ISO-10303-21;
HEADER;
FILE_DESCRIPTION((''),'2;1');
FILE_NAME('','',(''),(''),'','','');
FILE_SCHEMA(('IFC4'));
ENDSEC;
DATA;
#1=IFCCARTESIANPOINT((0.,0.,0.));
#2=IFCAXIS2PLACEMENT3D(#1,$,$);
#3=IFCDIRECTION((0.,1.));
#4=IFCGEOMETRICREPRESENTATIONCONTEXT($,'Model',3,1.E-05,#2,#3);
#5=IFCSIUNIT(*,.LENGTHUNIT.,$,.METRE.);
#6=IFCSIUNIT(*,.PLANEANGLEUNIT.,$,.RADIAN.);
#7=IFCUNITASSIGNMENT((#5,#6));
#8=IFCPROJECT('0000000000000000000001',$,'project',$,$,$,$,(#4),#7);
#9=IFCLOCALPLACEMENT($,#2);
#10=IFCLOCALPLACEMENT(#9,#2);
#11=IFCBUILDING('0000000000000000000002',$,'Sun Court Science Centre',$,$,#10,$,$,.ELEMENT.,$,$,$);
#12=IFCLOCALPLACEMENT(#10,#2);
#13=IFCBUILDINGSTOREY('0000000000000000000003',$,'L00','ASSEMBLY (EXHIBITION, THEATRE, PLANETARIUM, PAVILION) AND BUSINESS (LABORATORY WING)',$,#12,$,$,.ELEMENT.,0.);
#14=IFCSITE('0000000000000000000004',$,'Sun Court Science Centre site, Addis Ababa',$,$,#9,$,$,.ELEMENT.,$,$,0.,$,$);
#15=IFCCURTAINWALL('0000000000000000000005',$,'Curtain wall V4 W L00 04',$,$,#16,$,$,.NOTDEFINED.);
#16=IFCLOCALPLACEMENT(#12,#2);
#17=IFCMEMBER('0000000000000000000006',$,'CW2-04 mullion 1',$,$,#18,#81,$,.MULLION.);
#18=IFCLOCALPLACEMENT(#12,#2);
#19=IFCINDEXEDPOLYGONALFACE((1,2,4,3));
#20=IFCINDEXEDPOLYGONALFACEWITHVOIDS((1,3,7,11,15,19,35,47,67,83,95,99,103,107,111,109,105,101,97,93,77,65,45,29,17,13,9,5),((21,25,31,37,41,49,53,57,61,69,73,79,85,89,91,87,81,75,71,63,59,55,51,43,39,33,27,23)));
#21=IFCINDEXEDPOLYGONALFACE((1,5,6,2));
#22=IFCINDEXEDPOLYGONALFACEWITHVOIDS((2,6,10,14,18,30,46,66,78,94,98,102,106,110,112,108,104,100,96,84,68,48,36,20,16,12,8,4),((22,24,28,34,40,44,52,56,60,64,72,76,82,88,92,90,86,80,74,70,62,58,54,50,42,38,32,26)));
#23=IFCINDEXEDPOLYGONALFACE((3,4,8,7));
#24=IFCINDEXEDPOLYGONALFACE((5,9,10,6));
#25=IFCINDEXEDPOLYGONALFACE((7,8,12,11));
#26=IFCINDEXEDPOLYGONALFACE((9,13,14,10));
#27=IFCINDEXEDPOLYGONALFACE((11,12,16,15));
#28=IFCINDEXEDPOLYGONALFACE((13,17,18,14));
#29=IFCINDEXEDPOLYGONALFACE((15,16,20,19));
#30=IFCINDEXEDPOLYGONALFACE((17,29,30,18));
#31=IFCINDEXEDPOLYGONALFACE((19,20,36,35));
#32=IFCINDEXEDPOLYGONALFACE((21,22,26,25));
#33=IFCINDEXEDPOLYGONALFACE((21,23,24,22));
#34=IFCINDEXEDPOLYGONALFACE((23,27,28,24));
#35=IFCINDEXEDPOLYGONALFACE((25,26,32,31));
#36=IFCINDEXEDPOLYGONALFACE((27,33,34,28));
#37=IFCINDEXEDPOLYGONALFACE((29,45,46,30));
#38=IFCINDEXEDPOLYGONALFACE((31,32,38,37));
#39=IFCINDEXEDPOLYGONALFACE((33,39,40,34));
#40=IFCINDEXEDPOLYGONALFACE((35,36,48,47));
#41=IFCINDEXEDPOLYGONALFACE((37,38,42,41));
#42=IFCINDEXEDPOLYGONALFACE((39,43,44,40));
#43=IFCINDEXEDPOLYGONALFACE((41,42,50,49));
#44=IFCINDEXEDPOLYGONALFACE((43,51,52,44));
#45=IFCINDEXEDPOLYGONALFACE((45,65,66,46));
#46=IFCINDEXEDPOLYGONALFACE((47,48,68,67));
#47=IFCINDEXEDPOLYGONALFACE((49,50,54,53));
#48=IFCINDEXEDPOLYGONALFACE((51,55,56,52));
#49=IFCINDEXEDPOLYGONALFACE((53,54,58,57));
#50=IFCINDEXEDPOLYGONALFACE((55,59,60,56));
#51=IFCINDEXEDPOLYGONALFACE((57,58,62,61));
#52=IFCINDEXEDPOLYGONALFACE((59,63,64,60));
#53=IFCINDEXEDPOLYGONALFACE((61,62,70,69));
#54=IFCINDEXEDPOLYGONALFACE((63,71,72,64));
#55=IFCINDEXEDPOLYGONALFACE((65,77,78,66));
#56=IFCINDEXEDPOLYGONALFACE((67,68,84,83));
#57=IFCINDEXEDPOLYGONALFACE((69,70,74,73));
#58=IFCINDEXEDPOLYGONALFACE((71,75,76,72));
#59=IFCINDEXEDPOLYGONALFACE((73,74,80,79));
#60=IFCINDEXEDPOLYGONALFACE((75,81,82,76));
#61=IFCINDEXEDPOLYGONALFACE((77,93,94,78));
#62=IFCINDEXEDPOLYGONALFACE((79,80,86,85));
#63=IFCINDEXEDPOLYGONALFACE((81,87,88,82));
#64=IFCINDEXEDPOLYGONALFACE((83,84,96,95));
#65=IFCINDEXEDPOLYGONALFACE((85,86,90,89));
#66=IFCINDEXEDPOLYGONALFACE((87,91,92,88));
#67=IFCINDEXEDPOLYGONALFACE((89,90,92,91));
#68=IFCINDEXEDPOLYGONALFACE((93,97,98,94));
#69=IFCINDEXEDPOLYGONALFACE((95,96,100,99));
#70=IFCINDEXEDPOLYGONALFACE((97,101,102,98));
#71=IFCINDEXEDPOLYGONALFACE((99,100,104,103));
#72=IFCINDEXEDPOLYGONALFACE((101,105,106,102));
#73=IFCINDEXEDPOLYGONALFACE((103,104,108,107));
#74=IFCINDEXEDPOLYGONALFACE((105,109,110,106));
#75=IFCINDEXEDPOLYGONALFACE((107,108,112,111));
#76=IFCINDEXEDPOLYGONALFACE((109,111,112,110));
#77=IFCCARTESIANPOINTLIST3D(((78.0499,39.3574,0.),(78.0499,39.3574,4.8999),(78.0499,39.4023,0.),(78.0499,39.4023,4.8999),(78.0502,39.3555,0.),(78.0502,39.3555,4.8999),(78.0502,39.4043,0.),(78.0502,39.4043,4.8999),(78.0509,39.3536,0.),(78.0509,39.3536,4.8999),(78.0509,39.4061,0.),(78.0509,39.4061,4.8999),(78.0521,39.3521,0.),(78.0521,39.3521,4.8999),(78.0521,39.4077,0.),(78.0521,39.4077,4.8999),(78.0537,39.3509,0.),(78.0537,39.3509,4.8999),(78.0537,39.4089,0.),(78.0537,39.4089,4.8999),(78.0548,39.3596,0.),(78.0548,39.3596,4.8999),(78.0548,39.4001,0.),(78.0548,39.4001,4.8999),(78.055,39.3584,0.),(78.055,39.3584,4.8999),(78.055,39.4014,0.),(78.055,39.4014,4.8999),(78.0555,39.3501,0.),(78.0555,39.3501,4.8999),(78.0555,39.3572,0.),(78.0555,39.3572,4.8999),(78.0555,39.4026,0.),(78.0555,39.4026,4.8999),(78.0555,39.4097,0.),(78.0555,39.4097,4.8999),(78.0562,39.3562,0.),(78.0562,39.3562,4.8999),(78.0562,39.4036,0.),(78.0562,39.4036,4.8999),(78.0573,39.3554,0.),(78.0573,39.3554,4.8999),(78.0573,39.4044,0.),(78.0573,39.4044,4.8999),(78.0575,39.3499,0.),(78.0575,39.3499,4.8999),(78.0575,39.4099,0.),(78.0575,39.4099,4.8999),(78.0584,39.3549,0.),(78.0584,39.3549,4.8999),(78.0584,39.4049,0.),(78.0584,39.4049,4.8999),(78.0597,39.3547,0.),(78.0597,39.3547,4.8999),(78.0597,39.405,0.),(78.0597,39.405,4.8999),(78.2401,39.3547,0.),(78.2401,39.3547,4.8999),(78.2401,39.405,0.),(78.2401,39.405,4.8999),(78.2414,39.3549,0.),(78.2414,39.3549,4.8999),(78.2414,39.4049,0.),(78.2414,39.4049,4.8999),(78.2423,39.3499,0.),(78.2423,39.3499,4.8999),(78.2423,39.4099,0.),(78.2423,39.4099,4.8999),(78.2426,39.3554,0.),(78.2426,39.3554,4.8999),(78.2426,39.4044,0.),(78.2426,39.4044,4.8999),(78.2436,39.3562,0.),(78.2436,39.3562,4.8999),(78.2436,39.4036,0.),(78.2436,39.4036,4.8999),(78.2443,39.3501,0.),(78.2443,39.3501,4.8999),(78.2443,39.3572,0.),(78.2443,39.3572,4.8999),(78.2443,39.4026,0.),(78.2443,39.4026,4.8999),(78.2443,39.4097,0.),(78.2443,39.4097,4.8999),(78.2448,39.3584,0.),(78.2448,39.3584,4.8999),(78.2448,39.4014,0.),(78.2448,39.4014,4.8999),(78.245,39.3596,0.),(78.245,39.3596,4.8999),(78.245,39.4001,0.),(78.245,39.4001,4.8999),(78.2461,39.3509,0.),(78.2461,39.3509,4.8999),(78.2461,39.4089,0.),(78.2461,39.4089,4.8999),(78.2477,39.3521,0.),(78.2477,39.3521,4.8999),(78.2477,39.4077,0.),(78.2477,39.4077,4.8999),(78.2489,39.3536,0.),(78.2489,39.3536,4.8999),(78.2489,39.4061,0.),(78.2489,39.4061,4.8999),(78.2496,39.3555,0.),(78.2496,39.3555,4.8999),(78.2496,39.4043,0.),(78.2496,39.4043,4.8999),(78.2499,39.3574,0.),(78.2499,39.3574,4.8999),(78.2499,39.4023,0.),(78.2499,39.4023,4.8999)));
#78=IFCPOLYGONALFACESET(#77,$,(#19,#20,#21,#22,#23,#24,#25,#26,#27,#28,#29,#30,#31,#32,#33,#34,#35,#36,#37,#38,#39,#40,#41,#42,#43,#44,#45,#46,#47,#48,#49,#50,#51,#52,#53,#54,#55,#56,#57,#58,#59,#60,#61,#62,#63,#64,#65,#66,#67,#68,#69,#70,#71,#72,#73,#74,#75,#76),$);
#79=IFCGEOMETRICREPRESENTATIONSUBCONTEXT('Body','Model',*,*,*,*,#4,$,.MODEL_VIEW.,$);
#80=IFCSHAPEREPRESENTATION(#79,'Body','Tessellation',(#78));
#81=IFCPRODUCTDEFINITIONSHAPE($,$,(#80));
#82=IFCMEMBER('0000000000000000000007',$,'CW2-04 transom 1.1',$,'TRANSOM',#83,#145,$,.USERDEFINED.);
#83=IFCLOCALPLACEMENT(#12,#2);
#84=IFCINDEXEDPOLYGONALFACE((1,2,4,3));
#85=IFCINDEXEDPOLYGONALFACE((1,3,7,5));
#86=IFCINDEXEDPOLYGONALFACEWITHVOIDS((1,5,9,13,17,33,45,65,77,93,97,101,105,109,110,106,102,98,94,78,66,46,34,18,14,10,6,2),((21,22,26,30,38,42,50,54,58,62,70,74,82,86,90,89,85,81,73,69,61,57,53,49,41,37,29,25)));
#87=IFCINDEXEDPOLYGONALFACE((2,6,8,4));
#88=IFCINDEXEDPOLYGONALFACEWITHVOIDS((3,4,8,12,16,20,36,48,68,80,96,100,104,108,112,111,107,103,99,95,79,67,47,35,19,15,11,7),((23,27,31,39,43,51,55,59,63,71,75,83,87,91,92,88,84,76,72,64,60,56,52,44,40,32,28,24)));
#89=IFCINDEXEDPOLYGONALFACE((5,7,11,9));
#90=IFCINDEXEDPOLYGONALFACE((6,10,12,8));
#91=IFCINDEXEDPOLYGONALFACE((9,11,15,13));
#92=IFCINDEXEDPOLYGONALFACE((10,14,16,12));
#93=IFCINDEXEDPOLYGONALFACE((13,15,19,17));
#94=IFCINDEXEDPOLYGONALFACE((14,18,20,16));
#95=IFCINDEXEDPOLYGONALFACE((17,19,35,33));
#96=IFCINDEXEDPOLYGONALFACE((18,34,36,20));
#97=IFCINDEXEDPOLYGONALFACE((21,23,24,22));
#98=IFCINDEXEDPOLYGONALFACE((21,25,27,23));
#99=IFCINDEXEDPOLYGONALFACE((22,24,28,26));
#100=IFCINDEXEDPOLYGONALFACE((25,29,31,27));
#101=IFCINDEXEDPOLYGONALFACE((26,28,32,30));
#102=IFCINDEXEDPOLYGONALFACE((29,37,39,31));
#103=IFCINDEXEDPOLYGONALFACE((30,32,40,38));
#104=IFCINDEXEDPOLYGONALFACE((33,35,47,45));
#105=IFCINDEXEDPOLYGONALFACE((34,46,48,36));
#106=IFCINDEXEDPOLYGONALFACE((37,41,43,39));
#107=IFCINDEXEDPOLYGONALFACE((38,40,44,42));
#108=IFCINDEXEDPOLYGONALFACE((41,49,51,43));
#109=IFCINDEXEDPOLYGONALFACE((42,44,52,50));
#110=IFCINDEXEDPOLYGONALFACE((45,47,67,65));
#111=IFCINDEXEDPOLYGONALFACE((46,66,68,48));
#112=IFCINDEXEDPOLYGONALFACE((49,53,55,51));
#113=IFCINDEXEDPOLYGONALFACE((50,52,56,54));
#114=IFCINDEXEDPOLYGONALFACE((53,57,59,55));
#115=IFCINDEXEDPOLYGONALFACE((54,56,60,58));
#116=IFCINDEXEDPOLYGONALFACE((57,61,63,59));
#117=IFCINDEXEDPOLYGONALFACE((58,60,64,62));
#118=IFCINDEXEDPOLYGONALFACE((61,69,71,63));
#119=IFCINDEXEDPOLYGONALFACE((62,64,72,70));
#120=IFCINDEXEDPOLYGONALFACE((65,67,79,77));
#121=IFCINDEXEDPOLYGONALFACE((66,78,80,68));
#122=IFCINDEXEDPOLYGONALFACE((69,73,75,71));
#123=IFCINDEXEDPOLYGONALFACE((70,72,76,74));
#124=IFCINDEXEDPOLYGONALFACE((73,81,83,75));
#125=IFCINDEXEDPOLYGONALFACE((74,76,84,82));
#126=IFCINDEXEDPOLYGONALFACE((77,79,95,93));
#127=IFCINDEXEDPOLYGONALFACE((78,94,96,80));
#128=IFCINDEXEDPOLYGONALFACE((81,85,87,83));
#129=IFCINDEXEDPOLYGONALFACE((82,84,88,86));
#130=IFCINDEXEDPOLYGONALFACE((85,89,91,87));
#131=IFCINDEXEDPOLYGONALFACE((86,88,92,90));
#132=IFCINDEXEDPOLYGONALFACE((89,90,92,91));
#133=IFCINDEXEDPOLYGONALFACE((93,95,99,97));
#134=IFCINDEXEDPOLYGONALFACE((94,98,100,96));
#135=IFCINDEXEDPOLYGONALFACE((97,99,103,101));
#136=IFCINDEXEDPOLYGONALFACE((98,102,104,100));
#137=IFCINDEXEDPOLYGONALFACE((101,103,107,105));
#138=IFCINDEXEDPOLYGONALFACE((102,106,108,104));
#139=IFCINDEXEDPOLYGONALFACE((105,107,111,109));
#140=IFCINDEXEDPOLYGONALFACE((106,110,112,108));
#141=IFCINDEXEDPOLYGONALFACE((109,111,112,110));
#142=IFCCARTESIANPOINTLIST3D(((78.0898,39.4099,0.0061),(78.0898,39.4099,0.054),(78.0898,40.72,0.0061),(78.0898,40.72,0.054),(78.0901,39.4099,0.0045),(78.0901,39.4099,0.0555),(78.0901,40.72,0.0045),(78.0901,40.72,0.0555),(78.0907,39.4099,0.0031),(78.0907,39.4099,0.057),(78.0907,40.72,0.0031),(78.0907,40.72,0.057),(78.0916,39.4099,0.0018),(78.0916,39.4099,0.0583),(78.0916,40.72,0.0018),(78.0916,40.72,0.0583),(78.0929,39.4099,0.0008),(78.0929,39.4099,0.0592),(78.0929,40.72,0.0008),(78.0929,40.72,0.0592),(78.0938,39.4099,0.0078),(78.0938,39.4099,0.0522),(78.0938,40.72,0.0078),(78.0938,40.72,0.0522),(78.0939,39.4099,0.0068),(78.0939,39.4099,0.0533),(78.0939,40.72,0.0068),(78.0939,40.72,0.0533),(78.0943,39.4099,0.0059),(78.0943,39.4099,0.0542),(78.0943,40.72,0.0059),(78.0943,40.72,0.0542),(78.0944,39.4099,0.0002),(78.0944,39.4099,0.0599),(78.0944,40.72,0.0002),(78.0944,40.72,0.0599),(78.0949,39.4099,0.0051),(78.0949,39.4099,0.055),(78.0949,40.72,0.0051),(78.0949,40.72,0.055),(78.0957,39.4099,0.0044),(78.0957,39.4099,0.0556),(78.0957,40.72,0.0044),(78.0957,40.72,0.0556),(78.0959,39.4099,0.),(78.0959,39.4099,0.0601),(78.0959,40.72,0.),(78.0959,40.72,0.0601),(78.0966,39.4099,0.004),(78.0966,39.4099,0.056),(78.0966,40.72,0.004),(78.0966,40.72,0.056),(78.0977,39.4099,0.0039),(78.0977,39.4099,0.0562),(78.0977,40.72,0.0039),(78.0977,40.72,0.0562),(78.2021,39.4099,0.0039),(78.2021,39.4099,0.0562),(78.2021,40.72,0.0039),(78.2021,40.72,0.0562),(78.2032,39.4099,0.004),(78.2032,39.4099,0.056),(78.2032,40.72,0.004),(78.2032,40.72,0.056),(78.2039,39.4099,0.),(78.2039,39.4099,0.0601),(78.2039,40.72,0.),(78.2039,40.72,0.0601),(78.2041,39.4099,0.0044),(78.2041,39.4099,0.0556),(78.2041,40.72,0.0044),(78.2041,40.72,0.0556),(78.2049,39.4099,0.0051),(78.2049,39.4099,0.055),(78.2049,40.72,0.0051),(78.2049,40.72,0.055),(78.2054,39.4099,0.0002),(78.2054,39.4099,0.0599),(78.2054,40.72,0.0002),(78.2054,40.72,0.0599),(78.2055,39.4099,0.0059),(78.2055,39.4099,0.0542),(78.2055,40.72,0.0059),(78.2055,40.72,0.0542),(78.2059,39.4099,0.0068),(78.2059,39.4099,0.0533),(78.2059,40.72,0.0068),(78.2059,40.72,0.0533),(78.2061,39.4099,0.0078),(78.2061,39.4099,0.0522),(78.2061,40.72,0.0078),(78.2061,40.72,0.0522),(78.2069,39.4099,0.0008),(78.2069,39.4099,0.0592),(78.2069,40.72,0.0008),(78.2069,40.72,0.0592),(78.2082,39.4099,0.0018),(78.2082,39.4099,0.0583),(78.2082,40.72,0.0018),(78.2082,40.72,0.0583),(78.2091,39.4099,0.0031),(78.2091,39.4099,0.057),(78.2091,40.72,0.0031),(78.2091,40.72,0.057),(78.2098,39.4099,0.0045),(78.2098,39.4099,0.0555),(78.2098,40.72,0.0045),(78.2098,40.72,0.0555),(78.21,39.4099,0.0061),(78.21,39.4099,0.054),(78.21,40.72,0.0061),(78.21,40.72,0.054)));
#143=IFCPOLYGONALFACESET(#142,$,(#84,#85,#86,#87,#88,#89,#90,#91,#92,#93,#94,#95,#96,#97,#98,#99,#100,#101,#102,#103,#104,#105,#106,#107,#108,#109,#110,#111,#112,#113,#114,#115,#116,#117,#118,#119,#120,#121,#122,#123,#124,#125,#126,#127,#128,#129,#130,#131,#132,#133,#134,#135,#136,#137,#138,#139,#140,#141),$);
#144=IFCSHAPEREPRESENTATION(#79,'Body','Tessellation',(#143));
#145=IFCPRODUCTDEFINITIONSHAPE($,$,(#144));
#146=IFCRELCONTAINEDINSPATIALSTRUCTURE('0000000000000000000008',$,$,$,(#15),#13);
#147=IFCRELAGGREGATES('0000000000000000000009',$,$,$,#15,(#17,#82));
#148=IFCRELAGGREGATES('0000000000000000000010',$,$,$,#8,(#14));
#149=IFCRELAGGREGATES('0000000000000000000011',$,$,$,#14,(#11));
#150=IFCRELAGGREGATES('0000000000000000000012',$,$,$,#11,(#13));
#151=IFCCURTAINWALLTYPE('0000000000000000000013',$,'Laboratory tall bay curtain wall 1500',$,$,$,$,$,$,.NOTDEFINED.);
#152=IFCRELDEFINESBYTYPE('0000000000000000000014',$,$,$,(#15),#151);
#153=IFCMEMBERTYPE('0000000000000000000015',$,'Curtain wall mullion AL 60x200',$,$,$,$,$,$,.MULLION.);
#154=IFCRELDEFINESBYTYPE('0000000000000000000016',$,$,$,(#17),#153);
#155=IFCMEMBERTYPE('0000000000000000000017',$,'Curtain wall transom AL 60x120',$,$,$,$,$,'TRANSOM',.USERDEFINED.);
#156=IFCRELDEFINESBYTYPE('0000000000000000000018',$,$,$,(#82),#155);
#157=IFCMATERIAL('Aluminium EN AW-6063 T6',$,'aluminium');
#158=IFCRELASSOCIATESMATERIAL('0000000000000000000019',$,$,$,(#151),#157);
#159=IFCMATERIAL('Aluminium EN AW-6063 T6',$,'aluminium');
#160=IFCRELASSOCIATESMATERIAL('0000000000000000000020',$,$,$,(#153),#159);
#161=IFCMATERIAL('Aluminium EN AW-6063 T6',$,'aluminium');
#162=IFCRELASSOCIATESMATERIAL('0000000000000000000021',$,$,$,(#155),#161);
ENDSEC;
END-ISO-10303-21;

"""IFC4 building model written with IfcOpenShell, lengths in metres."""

from ifc_helpers import new_model, si_unit, direction, frame, origin, origin_2d, place, context, subcontext, project, spatial, hollow_rectangle, extrude, material, material_profile, profile_set, type_object, element, aggregate, save


model = new_model("IFC4")

# Units and contexts
model_context = context("Model", 3, precision=1e-05, world=origin(), true_north=direction((0.0, 1.0)))
body_context = subcontext(model_context, "Body", "Model", "MODEL_VIEW")
ifc_project = project(units=[si_unit("LENGTHUNIT", "METRE"), si_unit("PLANEANGLEUNIT", "RADIAN")], contexts=[model_context])

# Site, building, storey
site_placement = place(None, origin())
site = spatial("IfcSite", under=ifc_project, at=site_placement, Name="Sun Court Science Centre site, Addis Ababa", CompositionType="ELEMENT", RefElevation=0.0)
building_placement = place(site_placement, origin())
building = spatial("IfcBuilding", under=site, at=building_placement, Name="Sun Court Science Centre", CompositionType="ELEMENT")
storey_placement = place(building_placement, origin())
storey = spatial("IfcBuildingStorey", under=building, at=storey_placement, Name="L00", Description="ASSEMBLY (EXHIBITION, THEATRE, PLANETARIUM, PAVILION) AND BUSINESS (LABORATORY WING)", CompositionType="ELEMENT", Elevation=0.0)

# Curtain wall, members
ifc_material_1 = material(Name="Aluminium EN AW-6063 T6", Category="aluminium")
curtain_wall_type = type_object("IfcCurtainWallType", Name="Laboratory tall bay curtain wall 1500", PredefinedType="NOTDEFINED", material=ifc_material_1)
curtain_wall_placement = place(storey_placement, origin())
curtain_wall = element("IfcCurtainWall", 1, at=curtain_wall_placement, inside=storey, type_object=curtain_wall_type, Name="Curtain wall V4 W L00 04", PredefinedType="NOTDEFINED")
ifc_material_2 = material(Name="Aluminium EN AW-6063 T6", Category="aluminium")
ifc_material_profile_1 = material_profile(ifc_material_2, hollow_rectangle(XDim=0.0601, YDim=0.2, WallThickness=0.0049, InnerFilletRadius=0.0049, OuterFilletRadius=0.0076, at=origin_2d()), Name="AL 60x200x5")
ifc_profile_set_1 = profile_set([ifc_material_profile_1], Name="Aluminium EN AW-6063 T6")
member_type_1 = type_object("IfcMemberType", Name="Curtain wall mullion AL 60x200", PredefinedType="MULLION", material=ifc_profile_set_1)
member_1_placement = place(storey_placement, frame((78.1499, 39.3799, 0.0), z_axis=(0.0, 0.0, 1.0), x_axis=(0.0, 1.0, 0.0)))
member_1 = element("IfcMember", 2, at=member_1_placement, type_object=member_type_1, Name="CW2-04 mullion 1", PredefinedType="MULLION", context=body_context, shape_type="SweptSolid", body=[
    extrude(hollow_rectangle(XDim=0.0601, YDim=0.2, WallThickness=0.0049, InnerFilletRadius=0.0049, OuterFilletRadius=0.0076, at=origin_2d()), origin(), (0.0, 0.0, 1.0), 4.8999),
])
ifc_material_3 = material(Name="Aluminium EN AW-6063 T6", Category="aluminium")
ifc_material_profile_2 = material_profile(ifc_material_3, hollow_rectangle(XDim=0.0601, YDim=0.1201, WallThickness=0.0039, InnerFilletRadius=0.0039, OuterFilletRadius=0.0061, at=origin_2d()), Name="AL 60x120x4")
ifc_profile_set_2 = profile_set([ifc_material_profile_2], Name="Aluminium EN AW-6063 T6")
member_type_2 = type_object("IfcMemberType", Name="Curtain wall transom AL 60x120", ElementType="TRANSOM", PredefinedType="USERDEFINED", material=ifc_profile_set_2)
member_2_placement = place(storey_placement, frame((78.1499, 39.4099, 0.03), z_axis=(0.0, 1.0, 0.0), x_axis=(0.0, 0.0, 1.0)))
member_2 = element("IfcMember", 3, at=member_2_placement, type_object=member_type_2, Name="CW2-04 transom 1.1", ObjectType="TRANSOM", PredefinedType="USERDEFINED", context=body_context, shape_type="SweptSolid", body=[
    extrude(hollow_rectangle(XDim=0.0601, YDim=0.1201, WallThickness=0.0039, InnerFilletRadius=0.0039, OuterFilletRadius=0.0061, at=origin_2d()), origin(), (0.0, 0.0, 1.0), 1.3101),
])

aggregate(curtain_wall, [member_1, member_2])

save(model, "model.ifc")
